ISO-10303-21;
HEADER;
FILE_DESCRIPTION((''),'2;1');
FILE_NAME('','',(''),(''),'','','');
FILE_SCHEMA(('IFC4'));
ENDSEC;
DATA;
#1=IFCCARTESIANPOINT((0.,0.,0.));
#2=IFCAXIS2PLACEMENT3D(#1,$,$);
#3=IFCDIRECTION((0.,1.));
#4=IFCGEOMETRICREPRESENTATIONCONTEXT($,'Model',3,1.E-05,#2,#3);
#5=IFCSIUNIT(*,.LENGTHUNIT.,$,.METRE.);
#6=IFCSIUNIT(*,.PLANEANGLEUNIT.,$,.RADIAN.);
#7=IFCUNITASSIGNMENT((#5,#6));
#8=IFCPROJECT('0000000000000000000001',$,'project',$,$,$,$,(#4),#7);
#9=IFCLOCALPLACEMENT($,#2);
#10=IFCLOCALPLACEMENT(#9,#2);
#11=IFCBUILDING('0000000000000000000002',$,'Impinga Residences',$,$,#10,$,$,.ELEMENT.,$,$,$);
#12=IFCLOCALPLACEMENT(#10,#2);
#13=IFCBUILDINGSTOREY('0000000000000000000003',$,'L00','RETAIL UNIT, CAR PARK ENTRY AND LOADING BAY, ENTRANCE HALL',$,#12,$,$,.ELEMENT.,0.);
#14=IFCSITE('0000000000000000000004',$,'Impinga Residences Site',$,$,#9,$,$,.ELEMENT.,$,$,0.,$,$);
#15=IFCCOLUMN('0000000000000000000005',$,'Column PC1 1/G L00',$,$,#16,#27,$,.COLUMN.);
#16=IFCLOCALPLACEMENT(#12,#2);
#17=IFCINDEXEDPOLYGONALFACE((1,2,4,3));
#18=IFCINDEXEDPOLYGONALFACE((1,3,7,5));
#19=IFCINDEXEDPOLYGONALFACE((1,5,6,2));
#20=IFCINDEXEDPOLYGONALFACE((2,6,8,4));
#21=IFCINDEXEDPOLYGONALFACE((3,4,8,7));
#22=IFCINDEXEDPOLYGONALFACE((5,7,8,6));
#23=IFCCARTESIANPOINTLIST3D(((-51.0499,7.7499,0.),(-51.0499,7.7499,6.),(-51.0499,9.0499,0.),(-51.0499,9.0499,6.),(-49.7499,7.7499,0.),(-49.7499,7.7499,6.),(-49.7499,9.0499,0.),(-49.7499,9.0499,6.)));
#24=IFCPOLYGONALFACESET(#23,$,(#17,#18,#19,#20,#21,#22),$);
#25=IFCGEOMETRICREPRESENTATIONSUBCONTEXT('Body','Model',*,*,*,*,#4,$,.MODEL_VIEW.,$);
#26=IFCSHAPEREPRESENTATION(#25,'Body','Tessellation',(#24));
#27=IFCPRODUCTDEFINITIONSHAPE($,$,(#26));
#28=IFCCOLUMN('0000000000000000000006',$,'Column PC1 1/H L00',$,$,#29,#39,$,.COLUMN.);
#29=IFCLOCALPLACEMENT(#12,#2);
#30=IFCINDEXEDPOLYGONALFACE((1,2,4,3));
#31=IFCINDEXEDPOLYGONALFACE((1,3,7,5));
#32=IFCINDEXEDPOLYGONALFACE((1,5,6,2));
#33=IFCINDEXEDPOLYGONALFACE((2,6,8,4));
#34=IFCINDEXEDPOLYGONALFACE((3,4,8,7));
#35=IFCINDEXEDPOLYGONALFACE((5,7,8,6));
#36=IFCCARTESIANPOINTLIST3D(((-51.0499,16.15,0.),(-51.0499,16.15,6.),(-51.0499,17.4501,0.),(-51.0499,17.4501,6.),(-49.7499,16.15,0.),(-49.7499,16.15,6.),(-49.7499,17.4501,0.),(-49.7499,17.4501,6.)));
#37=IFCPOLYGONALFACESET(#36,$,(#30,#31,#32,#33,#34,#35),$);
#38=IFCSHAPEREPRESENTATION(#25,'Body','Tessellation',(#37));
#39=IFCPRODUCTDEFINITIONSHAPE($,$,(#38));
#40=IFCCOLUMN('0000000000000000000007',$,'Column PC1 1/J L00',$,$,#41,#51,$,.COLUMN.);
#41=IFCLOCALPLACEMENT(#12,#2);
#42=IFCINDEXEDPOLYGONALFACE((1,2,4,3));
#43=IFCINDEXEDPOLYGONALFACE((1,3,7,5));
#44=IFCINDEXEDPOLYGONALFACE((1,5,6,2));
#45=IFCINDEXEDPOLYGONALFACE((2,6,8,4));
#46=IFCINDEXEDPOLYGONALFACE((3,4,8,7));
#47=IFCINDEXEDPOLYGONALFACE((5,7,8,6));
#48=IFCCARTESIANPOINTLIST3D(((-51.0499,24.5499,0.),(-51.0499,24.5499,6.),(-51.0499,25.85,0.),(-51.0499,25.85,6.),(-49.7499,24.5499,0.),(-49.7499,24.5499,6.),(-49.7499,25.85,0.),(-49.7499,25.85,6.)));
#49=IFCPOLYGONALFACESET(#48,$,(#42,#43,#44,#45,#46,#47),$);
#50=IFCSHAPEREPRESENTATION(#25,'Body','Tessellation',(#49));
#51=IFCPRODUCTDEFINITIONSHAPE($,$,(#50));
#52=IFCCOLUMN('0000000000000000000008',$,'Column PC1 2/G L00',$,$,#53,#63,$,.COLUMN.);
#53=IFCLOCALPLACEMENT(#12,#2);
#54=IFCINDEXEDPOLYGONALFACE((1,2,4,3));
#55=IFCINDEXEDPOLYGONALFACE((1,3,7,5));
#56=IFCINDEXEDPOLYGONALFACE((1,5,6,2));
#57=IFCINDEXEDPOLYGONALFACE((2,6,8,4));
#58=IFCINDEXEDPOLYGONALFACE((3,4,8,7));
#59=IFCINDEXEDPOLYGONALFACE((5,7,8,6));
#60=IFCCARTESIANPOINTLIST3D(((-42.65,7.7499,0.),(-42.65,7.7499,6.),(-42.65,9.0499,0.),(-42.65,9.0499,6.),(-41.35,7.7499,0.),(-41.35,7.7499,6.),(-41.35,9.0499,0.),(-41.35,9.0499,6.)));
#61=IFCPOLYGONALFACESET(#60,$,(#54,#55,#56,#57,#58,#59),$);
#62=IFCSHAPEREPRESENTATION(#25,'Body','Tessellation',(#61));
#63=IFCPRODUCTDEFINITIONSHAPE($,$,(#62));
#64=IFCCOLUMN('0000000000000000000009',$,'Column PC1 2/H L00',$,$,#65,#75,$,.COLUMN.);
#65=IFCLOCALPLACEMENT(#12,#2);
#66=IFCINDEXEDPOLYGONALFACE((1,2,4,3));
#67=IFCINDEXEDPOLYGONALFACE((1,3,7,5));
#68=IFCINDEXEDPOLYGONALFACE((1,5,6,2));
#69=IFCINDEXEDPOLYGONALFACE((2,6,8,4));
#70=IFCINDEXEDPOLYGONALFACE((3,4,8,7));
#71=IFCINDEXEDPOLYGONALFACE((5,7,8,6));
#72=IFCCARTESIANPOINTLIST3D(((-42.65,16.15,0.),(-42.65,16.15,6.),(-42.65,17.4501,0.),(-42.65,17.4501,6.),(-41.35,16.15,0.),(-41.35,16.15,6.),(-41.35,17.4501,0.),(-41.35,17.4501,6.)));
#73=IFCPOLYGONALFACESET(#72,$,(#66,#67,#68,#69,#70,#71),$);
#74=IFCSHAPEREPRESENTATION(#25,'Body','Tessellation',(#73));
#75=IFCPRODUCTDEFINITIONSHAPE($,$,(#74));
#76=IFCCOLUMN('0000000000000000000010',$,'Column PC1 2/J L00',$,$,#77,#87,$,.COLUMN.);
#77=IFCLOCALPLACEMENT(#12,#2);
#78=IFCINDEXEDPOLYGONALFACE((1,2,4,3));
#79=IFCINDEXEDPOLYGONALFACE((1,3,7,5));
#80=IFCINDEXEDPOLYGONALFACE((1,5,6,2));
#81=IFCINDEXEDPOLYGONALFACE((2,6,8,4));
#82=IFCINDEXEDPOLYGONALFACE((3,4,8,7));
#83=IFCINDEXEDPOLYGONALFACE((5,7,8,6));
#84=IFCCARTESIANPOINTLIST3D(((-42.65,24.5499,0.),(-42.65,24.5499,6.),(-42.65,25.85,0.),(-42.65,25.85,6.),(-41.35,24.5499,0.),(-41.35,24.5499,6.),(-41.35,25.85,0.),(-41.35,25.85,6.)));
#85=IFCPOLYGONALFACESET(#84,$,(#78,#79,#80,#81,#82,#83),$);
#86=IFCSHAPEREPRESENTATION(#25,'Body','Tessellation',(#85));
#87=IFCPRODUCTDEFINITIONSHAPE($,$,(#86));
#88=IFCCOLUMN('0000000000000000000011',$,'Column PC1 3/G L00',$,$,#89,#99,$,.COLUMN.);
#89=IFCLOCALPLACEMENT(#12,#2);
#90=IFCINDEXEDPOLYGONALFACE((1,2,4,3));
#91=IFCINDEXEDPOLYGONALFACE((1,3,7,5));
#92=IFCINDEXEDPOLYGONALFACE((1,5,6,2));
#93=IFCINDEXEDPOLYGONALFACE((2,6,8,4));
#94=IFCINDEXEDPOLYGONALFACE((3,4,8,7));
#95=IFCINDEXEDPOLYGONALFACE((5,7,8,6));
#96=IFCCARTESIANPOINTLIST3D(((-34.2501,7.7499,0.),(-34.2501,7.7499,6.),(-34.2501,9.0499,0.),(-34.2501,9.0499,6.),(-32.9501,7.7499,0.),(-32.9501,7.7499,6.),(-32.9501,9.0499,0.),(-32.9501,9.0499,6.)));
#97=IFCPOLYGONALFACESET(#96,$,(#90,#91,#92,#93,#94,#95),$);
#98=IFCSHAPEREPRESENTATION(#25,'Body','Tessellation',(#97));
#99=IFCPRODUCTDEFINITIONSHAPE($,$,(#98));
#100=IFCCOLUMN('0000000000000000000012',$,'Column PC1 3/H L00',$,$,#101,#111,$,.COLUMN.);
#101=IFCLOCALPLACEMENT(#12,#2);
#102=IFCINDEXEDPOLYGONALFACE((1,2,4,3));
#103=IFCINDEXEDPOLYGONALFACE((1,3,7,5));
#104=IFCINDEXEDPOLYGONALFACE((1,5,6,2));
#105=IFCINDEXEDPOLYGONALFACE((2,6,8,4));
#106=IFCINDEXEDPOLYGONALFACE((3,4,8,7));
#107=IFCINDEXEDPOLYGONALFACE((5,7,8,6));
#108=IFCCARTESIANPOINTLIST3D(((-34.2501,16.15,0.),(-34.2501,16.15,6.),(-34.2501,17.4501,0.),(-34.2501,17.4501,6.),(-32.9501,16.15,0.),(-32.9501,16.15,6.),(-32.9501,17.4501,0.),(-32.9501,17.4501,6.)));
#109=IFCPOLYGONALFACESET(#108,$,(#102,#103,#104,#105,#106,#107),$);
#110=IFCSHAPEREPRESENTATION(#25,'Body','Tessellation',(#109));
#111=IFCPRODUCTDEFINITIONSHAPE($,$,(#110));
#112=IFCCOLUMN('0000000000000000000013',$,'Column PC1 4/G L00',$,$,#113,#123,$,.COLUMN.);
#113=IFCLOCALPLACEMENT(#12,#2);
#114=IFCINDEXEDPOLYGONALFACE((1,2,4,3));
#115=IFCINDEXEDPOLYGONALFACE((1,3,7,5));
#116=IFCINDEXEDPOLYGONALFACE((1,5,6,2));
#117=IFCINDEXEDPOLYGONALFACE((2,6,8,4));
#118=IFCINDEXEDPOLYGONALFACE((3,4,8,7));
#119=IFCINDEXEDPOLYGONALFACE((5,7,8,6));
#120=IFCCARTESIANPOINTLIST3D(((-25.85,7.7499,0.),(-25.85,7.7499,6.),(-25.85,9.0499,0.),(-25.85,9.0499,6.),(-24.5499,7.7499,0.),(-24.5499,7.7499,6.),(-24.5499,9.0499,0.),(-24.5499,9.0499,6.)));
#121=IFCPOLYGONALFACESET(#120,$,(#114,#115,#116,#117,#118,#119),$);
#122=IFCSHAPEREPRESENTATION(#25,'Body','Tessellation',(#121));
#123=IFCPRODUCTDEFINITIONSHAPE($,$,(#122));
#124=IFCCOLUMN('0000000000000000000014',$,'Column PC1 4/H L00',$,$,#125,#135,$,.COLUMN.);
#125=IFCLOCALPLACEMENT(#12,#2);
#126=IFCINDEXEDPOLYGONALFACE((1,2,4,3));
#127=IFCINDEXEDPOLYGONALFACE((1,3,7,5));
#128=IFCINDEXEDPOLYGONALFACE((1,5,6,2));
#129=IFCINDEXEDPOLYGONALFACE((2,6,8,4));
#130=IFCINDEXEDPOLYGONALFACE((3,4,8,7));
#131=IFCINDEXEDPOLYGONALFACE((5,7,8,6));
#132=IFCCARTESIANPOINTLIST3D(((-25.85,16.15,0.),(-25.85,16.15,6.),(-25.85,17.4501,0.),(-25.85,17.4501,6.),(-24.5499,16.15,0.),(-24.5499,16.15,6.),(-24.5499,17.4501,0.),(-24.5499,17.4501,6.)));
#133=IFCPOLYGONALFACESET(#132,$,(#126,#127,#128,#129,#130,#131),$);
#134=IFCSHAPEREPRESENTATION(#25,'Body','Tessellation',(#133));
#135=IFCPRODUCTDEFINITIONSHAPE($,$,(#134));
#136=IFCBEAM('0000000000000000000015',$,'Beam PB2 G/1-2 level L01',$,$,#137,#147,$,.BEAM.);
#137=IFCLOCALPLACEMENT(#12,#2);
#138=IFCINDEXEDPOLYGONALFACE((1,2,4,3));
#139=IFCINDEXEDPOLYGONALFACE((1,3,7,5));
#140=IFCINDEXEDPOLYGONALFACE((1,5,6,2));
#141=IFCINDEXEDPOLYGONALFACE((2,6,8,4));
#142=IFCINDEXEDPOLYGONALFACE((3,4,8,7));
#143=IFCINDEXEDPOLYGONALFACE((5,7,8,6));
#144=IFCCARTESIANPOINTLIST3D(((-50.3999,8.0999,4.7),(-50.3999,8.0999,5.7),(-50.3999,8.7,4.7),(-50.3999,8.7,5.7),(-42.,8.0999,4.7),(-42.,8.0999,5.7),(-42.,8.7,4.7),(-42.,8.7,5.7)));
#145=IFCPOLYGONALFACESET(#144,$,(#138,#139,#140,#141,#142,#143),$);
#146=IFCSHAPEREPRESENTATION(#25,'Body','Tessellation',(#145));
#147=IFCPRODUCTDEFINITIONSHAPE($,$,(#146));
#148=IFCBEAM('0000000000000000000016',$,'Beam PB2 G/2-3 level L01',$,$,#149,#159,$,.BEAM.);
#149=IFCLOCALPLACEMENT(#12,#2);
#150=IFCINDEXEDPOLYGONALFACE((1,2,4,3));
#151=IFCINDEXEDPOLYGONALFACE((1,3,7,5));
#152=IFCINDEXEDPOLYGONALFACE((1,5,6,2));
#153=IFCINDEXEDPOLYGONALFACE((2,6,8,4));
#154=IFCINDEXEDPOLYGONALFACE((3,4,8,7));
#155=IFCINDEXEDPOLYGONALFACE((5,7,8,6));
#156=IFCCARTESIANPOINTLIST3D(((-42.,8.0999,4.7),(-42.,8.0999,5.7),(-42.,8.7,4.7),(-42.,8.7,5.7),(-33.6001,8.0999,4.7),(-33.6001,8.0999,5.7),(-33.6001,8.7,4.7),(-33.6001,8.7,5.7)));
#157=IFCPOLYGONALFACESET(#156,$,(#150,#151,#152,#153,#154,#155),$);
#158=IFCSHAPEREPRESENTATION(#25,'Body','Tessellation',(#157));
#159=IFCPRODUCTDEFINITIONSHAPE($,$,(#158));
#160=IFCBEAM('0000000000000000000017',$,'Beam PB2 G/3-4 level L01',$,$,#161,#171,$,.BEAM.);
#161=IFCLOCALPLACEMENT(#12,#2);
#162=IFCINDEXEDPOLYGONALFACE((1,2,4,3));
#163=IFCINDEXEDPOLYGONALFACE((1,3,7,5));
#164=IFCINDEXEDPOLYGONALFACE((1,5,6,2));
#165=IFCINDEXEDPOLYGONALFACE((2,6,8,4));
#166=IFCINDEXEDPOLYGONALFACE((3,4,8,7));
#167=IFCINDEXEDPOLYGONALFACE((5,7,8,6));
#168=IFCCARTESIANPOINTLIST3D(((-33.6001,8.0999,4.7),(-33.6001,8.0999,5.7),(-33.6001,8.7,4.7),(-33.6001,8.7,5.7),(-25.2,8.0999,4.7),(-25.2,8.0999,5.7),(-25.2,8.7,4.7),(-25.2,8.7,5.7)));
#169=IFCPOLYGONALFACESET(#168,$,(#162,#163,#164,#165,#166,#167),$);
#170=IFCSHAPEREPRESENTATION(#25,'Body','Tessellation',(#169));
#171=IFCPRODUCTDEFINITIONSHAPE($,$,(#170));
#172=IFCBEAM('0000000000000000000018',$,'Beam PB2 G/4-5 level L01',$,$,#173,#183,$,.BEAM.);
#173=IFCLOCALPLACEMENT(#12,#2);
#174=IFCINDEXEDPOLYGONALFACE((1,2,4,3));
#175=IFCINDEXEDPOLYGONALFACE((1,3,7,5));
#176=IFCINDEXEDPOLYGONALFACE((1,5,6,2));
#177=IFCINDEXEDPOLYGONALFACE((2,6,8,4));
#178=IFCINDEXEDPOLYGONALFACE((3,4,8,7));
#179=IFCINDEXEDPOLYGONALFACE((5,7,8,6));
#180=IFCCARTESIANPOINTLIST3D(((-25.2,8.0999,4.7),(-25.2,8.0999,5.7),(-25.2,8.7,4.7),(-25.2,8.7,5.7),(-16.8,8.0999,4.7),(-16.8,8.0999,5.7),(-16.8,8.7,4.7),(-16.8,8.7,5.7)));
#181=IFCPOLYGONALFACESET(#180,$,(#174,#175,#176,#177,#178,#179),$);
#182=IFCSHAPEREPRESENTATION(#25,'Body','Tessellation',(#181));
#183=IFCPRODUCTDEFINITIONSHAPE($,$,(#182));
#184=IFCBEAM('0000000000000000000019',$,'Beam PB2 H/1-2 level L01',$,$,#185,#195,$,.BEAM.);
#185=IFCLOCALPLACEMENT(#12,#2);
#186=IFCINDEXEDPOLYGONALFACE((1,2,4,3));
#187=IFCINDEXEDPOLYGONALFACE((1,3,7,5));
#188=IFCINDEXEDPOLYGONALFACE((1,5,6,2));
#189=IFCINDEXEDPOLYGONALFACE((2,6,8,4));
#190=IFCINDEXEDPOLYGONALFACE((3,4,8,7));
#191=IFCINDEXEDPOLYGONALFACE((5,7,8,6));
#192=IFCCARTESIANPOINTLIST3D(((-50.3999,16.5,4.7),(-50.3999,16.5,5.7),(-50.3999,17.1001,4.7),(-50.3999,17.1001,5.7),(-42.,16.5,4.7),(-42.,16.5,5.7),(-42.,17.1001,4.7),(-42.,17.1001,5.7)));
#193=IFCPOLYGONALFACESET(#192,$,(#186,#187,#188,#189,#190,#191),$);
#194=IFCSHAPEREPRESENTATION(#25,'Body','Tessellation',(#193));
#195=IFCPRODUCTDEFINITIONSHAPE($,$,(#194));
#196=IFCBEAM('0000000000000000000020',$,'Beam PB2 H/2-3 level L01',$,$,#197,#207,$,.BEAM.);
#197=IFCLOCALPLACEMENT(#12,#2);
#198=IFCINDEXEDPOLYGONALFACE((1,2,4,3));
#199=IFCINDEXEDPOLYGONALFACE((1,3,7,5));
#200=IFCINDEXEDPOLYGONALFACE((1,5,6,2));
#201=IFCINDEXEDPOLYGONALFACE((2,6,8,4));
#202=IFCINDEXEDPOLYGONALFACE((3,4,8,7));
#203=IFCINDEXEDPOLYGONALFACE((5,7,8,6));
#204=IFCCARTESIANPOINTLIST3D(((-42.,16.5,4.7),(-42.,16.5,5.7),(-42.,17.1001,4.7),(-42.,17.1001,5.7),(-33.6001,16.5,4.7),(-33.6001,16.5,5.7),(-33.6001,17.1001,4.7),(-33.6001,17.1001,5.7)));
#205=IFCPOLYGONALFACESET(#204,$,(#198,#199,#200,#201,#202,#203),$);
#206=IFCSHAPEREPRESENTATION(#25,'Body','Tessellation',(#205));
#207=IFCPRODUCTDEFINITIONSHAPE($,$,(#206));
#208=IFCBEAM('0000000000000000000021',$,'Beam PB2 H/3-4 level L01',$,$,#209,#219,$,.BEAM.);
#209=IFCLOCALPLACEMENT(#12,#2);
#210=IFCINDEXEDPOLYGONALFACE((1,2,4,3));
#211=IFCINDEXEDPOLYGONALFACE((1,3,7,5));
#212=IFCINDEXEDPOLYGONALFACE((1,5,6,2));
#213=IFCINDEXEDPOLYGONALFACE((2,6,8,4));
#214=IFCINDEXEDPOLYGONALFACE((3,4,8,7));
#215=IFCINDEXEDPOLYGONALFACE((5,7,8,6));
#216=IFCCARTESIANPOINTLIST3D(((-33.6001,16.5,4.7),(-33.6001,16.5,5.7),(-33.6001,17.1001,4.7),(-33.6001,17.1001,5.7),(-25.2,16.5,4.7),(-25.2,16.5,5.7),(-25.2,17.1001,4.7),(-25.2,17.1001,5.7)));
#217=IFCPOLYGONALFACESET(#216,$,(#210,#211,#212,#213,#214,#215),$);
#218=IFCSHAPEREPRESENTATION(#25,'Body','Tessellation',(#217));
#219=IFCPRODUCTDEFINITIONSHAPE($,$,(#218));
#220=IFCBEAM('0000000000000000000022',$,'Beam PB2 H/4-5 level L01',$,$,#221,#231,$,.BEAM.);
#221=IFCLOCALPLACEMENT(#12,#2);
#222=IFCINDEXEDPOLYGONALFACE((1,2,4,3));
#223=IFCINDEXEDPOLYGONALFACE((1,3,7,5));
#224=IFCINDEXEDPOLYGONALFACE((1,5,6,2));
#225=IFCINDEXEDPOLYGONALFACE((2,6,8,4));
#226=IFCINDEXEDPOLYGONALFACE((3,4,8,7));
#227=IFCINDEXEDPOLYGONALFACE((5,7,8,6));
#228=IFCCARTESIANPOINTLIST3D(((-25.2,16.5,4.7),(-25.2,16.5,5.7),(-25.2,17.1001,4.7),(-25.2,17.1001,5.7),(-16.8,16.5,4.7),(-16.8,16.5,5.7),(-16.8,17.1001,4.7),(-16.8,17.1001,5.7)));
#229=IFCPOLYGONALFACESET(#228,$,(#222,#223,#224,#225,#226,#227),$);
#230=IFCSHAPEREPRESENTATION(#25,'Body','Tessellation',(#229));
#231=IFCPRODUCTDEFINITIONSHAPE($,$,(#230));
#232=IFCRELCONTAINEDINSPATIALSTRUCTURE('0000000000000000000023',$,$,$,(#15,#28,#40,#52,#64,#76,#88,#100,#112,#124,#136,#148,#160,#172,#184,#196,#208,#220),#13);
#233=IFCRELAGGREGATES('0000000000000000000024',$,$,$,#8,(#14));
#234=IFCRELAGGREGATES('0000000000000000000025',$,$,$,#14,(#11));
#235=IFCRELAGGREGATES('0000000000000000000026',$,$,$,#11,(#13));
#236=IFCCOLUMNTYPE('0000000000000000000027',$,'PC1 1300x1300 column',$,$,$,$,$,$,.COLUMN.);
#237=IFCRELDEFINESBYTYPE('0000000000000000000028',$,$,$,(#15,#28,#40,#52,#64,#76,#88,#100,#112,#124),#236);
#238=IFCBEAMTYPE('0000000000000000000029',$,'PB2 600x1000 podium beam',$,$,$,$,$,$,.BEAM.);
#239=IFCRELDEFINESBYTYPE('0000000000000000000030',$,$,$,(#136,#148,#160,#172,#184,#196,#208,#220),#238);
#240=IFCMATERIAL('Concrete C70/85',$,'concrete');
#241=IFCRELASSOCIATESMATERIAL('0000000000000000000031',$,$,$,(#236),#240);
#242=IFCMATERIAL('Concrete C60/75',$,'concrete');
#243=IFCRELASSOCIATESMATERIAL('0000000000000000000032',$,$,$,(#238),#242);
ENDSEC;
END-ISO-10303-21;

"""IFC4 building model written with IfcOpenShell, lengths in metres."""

from ifc_helpers import new_model, si_unit, direction, frame, origin, origin_2d, place, context, subcontext, project, spatial, rectangle, extrude, material, material_profile, profile_set, type_object, element, save


model = new_model("IFC4")

# Units and contexts
model_context = context("Model", 3, precision=1e-05, world=origin(), true_north=direction((0.0, 1.0)))
body_context = subcontext(model_context, "Body", "Model", "MODEL_VIEW")
ifc_project = project(units=[si_unit("LENGTHUNIT", "METRE"), si_unit("PLANEANGLEUNIT", "RADIAN")], contexts=[model_context])

# Site, building, storey
site_placement = place(None, origin())
site = spatial("IfcSite", under=ifc_project, at=site_placement, Name="Impinga Residences Site", CompositionType="ELEMENT", RefElevation=0.0)
building_placement = place(site_placement, origin())
building = spatial("IfcBuilding", under=site, at=building_placement, Name="Impinga Residences", CompositionType="ELEMENT")
storey_placement = place(building_placement, origin())
storey = spatial("IfcBuildingStorey", under=building, at=storey_placement, Name="L00", Description="RETAIL UNIT, CAR PARK ENTRY AND LOADING BAY, ENTRANCE HALL", CompositionType="ELEMENT", Elevation=0.0)

# Columns
ifc_material_1 = material(Name="Concrete C70/85", Category="concrete")
ifc_material_profile_1 = material_profile(ifc_material_1, rectangle(XDim=1.3, YDim=1.3, at=origin_2d()), Name="RC 1300x1300")
ifc_profile_set_1 = profile_set([ifc_material_profile_1], Name="Concrete C70/85")
column_type = type_object("IfcColumnType", Name="PC1 1300x1300 column", PredefinedType="COLUMN", material=ifc_profile_set_1)
for number, where, z_axis, x_axis, name in (
    (1, (-50.3999, 8.3999, 0.0), (0.0, 0.0, 1.0), (1.0, 0.0, 0.0), "Column PC1 1/G L00"),
    (2, (-50.3999, 16.8, 0.0), (0.0, 0.0, 1.0), (1.0, 0.0, 0.0), "Column PC1 1/H L00"),
    (3, (-50.3999, 25.2, 0.0), (0.0, 0.0, 1.0), (1.0, 0.0, 0.0), "Column PC1 1/J L00"),
    (4, (-42.0, 8.3999, 0.0), (0.0, 0.0, 1.0), (1.0, 0.0, 0.0), "Column PC1 2/G L00"),
    (5, (-42.0, 16.8, 0.0), (0.0, 0.0, 1.0), (1.0, 0.0, 0.0), "Column PC1 2/H L00"),
    (6, (-42.0, 25.2, 0.0), (0.0, 0.0, 1.0), (1.0, 0.0, 0.0), "Column PC1 2/J L00"),
    (7, (-33.6001, 8.3999, 0.0), (0.0, 0.0, 1.0), (1.0, 0.0, 0.0), "Column PC1 3/G L00"),
    (8, (-33.6001, 16.8, 0.0), (0.0, 0.0, 1.0), (1.0, 0.0, 0.0), "Column PC1 3/H L00"),
    (9, (-25.2, 8.3999, 0.0), (0.0, 0.0, 1.0), (1.0, 0.0, 0.0), "Column PC1 4/G L00"),
    (10, (-25.2, 16.8, 0.0), (0.0, 0.0, 1.0), (1.0, 0.0, 0.0), "Column PC1 4/H L00"),
):
    element("IfcColumn", number, at=place(storey_placement, frame(where, z_axis=z_axis, x_axis=x_axis)), inside=storey, type_object=column_type, Name=name, PredefinedType="COLUMN", context=body_context, shape_type="SweptSolid", body=[
        extrude(rectangle(XDim=1.3, YDim=1.3, at=origin_2d()), origin(), (0.0, 0.0, 1.0), 6.0),
    ])

# Beams
ifc_material_2 = material(Name="Concrete C60/75", Category="concrete")
ifc_material_profile_2 = material_profile(ifc_material_2, rectangle(XDim=0.6001, YDim=1.0, at=origin_2d()), Name="RC 600x1000")
ifc_profile_set_2 = profile_set([ifc_material_profile_2], Name="Concrete C60/75")
beam_type = type_object("IfcBeamType", Name="PB2 600x1000 podium beam", PredefinedType="BEAM", material=ifc_profile_set_2)
for number, where, z_axis, x_axis, name in (
    (11, (-50.3999, 8.3999, 5.2), (1.0, 0.0, 0.0), (0.0, 1.0, 0.0), "Beam PB2 G/1-2 level L01"),
    (12, (-42.0, 8.3999, 5.2), (1.0, 0.0, 0.0), (0.0, 1.0, 0.0), "Beam PB2 G/2-3 level L01"),
):
    element("IfcBeam", number, at=place(storey_placement, frame(where, z_axis=z_axis, x_axis=x_axis)), inside=storey, type_object=beam_type, Name=name, PredefinedType="BEAM", context=body_context, shape_type="SweptSolid", body=[
        extrude(rectangle(XDim=0.6001, YDim=1.0, at=origin_2d()), origin(), (0.0, 0.0, 1.0), 8.3999),
    ])
beam_1_placement = place(storey_placement, frame((-33.6001, 8.3999, 5.2), z_axis=(1.0, 0.0, 0.0), x_axis=(0.0, 1.0, 0.0)))
element("IfcBeam", 13, at=beam_1_placement, inside=storey, type_object=beam_type, Name="Beam PB2 G/3-4 level L01", PredefinedType="BEAM", context=body_context, shape_type="SweptSolid", body=[
    extrude(rectangle(XDim=0.6001, YDim=1.0, at=origin_2d()), origin(), (0.0, 0.0, 1.0), 8.4001),
])
for number, where, z_axis, x_axis, name in (
    (14, (-25.2, 8.3999, 5.2), (1.0, 0.0, 0.0), (0.0, 1.0, 0.0), "Beam PB2 G/4-5 level L01"),
    (15, (-50.3999, 16.8, 5.2), (1.0, 0.0, 0.0), (0.0, 1.0, 0.0), "Beam PB2 H/1-2 level L01"),
    (16, (-42.0, 16.8, 5.2), (1.0, 0.0, 0.0), (0.0, 1.0, 0.0), "Beam PB2 H/2-3 level L01"),
):
    element("IfcBeam", number, at=place(storey_placement, frame(where, z_axis=z_axis, x_axis=x_axis)), inside=storey, type_object=beam_type, Name=name, PredefinedType="BEAM", context=body_context, shape_type="SweptSolid", body=[
        extrude(rectangle(XDim=0.6001, YDim=1.0, at=origin_2d()), origin(), (0.0, 0.0, 1.0), 8.3999),
    ])
beam_2_placement = place(storey_placement, frame((-33.6001, 16.8, 5.2), z_axis=(1.0, 0.0, 0.0), x_axis=(0.0, 1.0, 0.0)))
element("IfcBeam", 17, at=beam_2_placement, inside=storey, type_object=beam_type, Name="Beam PB2 H/3-4 level L01", PredefinedType="BEAM", context=body_context, shape_type="SweptSolid", body=[
    extrude(rectangle(XDim=0.6001, YDim=1.0, at=origin_2d()), origin(), (0.0, 0.0, 1.0), 8.4001),
])
for number, where, z_axis, x_axis, name in (
    (18, (-25.2, 16.8, 5.2), (1.0, 0.0, 0.0), (0.0, 1.0, 0.0), "Beam PB2 H/4-5 level L01"),
):
    element("IfcBeam", number, at=place(storey_placement, frame(where, z_axis=z_axis, x_axis=x_axis)), inside=storey, type_object=beam_type, Name=name, PredefinedType="BEAM", context=body_context, shape_type="SweptSolid", body=[
        extrude(rectangle(XDim=0.6001, YDim=1.0, at=origin_2d()), origin(), (0.0, 0.0, 1.0), 8.3999),
    ])

save(model, "model.ifc")
